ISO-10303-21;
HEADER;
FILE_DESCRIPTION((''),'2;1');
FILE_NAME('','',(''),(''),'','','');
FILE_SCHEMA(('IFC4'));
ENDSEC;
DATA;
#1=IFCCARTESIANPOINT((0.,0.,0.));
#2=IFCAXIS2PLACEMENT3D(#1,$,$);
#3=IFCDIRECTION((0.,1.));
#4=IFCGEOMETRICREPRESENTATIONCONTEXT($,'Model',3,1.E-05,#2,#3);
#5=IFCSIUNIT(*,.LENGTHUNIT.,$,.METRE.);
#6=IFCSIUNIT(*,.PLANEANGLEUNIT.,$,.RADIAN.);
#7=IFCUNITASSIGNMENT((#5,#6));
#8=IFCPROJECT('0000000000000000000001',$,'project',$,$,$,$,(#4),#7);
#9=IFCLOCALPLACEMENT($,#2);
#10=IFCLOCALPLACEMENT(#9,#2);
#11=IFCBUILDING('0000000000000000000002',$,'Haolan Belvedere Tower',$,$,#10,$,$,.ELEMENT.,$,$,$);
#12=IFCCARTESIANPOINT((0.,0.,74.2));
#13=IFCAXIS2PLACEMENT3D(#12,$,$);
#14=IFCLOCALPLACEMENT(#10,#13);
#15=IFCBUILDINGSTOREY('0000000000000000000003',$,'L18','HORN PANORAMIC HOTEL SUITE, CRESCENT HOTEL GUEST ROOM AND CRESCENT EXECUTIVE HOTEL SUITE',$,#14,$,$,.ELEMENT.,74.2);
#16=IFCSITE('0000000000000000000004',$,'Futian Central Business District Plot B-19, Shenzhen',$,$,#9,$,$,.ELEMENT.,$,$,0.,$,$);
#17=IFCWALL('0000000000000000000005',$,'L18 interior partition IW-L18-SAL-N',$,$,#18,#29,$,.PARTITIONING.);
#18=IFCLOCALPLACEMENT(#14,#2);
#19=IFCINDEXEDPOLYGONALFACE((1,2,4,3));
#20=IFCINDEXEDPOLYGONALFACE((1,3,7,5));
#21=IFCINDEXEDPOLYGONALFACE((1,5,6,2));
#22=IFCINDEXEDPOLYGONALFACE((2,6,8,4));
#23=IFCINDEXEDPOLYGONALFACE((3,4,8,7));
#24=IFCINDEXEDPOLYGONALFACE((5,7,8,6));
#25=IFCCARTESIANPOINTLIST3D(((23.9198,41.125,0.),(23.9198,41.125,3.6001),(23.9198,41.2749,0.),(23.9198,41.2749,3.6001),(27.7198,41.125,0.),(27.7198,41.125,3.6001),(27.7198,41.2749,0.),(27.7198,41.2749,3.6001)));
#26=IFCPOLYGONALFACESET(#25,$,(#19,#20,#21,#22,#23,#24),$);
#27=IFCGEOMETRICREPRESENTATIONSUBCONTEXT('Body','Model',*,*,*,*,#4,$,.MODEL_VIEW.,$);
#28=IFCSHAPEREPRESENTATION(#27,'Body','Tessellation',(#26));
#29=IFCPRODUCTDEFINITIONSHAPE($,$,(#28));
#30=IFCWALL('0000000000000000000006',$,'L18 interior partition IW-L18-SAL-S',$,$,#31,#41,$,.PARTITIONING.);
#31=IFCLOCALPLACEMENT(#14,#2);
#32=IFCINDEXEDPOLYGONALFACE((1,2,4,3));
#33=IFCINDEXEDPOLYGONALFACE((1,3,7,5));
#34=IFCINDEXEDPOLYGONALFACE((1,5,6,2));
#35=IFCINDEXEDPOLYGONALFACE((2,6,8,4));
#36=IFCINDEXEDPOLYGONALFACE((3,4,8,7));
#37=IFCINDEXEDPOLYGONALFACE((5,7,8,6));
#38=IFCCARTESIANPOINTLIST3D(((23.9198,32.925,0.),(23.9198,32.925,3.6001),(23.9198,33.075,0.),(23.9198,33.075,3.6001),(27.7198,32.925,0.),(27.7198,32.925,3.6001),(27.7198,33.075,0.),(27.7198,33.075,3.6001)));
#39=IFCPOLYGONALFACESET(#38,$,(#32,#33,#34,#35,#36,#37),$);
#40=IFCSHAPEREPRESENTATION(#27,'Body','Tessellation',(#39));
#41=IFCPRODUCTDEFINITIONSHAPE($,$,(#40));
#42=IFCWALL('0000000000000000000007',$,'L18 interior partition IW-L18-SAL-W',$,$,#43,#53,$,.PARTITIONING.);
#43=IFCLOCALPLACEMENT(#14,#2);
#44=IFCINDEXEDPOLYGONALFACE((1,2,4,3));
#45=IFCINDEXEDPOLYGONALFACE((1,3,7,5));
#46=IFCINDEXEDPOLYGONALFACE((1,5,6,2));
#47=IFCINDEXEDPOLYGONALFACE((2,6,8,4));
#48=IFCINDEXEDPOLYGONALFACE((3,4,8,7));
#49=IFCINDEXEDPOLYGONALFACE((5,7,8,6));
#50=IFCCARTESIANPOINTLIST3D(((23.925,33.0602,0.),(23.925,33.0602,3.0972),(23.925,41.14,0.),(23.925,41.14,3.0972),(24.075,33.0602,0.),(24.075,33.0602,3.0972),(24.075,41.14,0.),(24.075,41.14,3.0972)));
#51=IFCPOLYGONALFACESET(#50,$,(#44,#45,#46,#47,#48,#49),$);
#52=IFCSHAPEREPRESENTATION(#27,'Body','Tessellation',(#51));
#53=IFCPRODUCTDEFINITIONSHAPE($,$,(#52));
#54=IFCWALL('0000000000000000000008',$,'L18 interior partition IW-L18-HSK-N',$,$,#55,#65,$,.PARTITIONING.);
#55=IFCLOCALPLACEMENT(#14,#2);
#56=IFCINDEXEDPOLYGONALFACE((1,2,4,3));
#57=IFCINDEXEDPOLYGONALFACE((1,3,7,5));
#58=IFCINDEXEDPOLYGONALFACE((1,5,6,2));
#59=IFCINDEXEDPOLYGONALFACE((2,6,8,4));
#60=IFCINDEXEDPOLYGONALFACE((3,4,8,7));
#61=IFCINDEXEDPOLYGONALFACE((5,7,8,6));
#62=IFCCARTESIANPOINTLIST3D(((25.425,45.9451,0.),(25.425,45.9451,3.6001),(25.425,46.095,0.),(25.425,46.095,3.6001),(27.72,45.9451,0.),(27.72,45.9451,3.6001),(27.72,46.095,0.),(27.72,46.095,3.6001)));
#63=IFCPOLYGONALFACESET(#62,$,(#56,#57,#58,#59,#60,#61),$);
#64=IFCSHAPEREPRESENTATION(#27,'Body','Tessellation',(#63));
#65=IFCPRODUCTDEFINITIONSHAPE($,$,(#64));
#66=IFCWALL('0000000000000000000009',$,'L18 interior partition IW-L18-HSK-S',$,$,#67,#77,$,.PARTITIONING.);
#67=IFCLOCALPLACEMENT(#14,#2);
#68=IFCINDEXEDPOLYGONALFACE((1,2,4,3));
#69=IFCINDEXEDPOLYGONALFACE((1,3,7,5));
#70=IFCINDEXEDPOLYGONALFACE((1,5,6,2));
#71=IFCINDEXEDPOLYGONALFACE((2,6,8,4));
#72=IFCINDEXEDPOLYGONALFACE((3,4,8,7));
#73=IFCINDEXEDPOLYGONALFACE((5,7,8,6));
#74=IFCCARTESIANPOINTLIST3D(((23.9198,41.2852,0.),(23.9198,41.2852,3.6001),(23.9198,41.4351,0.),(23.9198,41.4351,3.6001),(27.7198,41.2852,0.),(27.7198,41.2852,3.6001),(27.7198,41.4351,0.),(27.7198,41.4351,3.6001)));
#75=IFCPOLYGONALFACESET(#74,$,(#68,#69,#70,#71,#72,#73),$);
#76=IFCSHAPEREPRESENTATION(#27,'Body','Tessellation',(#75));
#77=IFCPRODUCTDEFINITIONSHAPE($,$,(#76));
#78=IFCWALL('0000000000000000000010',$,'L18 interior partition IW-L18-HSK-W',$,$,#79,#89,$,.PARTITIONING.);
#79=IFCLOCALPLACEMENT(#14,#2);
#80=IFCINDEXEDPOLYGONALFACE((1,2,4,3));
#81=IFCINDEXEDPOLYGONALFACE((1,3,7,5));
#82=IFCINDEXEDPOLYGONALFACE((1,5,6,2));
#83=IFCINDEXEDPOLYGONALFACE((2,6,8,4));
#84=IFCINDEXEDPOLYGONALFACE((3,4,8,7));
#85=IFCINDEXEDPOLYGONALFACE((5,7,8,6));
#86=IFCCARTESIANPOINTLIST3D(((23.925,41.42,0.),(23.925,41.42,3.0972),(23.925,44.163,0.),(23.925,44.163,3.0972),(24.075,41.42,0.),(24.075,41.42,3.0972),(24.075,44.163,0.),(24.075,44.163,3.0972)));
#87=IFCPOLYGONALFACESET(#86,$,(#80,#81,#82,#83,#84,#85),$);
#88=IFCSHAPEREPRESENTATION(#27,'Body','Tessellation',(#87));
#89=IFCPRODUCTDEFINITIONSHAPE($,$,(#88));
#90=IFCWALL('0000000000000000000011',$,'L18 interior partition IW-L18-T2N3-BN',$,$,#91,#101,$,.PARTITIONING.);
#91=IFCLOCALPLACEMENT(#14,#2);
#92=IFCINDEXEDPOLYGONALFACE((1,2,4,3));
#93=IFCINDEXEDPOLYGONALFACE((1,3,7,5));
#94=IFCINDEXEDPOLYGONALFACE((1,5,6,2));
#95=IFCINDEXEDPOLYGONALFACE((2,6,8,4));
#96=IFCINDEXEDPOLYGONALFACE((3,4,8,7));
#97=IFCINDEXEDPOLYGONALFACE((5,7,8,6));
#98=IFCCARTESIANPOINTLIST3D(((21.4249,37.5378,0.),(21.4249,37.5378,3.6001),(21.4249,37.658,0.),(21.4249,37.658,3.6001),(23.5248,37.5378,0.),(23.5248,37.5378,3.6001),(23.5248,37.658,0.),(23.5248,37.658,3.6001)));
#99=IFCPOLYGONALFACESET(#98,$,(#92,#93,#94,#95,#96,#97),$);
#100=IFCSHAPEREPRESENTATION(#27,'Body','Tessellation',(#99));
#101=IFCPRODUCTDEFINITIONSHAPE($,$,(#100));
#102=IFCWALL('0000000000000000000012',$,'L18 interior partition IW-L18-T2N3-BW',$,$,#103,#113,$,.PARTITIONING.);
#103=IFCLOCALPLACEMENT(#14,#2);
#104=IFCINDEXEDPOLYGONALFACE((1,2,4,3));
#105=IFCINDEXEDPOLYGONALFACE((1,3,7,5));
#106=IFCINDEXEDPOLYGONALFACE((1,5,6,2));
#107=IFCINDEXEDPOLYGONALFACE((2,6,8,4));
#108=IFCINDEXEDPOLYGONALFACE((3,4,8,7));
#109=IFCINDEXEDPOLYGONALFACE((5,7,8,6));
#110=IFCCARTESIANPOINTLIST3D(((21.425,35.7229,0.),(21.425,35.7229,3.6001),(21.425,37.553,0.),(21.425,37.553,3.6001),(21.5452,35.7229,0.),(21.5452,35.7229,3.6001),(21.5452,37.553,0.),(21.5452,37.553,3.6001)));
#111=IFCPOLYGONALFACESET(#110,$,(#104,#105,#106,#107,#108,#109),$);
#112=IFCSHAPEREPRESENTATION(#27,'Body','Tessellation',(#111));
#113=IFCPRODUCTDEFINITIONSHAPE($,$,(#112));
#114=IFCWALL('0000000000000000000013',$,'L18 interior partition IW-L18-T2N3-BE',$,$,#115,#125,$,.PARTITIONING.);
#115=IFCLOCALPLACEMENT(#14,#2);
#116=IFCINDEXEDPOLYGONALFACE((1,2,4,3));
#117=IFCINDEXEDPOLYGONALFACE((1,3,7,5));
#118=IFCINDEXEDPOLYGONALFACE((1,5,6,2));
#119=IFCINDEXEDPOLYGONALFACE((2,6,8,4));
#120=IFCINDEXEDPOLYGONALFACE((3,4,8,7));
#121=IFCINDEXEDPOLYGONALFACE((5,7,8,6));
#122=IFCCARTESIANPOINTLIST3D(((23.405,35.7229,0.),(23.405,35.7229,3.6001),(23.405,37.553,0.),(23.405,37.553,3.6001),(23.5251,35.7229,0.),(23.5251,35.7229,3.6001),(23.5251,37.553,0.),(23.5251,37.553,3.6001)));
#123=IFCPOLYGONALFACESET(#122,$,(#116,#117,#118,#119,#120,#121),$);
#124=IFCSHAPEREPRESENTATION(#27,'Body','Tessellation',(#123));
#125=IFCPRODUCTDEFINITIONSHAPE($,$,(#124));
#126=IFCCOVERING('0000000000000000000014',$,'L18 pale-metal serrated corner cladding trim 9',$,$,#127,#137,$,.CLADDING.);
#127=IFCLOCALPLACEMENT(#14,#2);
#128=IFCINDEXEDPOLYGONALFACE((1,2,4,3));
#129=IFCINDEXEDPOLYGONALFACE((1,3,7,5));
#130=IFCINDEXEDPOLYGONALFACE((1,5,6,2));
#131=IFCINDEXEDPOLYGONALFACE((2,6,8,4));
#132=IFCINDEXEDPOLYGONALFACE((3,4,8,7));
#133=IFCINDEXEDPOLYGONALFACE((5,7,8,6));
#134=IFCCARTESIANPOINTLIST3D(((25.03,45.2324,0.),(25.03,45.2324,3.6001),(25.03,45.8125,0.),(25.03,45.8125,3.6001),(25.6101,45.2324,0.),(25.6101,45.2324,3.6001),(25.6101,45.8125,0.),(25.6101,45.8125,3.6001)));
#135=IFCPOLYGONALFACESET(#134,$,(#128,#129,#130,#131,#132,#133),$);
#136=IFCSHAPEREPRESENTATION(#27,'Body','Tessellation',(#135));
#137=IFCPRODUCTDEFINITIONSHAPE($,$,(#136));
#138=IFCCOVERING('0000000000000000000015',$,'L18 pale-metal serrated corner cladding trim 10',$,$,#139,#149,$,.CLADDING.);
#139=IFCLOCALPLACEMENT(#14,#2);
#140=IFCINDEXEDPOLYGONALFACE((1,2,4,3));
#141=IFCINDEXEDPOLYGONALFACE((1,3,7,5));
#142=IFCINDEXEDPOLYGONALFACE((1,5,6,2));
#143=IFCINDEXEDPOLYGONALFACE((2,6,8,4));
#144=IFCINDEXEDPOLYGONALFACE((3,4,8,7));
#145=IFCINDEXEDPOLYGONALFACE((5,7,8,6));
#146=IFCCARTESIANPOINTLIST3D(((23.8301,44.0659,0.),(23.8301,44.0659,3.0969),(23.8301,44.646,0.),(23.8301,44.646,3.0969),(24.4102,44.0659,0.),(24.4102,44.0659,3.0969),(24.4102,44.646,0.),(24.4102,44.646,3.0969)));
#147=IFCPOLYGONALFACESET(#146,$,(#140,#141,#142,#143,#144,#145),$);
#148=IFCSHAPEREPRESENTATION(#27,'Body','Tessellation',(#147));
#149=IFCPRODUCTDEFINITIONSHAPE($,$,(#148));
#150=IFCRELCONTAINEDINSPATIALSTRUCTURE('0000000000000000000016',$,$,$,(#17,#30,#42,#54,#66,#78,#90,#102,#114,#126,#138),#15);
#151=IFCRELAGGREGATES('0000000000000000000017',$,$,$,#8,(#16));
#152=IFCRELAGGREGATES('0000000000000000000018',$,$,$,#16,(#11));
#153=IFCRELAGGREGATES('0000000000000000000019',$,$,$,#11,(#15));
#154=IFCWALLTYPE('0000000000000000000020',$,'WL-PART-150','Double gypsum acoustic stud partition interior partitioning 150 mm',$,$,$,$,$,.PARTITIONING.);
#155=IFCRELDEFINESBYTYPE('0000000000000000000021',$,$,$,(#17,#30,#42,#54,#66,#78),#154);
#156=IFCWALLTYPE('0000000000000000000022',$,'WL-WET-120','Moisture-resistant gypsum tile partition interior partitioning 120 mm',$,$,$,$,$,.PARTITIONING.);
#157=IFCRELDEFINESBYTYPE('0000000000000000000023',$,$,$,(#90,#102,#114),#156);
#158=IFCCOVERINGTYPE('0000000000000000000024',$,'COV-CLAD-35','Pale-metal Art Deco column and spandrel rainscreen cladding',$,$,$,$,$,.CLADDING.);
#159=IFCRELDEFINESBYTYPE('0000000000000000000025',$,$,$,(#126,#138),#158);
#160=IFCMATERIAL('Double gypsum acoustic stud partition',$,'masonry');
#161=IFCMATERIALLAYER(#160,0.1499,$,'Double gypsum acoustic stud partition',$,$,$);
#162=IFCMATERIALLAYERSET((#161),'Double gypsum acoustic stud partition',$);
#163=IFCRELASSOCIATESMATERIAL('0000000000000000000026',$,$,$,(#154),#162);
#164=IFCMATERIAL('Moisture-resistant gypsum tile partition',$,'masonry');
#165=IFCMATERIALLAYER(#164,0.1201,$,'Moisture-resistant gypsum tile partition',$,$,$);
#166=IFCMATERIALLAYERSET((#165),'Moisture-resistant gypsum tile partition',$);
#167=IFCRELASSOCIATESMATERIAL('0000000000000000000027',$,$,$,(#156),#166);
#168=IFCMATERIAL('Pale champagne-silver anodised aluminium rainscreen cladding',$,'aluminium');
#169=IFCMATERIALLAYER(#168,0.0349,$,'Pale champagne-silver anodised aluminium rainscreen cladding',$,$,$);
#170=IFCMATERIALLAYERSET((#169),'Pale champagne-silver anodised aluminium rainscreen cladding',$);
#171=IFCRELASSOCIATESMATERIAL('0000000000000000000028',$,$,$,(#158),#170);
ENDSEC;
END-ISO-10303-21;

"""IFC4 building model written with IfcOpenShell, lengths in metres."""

from ifc_helpers import new_model, si_unit, direction, frame, frame_2d, origin, origin_2d, place, context, subcontext, project, spatial, rectangle, extrude, material, layer, layer_set, type_object, element, save


model = new_model("IFC4")

# Units and contexts
model_context = context("Model", 3, precision=1e-05, world=origin(), true_north=direction((0.0, 1.0)))
body_context = subcontext(model_context, "Body", "Model", "MODEL_VIEW")
ifc_project = project(units=[si_unit("LENGTHUNIT", "METRE"), si_unit("PLANEANGLEUNIT", "RADIAN")], contexts=[model_context])

# Site, building, storey
site_placement = place(None, origin())
site = spatial("IfcSite", under=ifc_project, at=site_placement, Name="Futian Central Business District Plot B-19, Shenzhen", CompositionType="ELEMENT", RefElevation=0.0)
building_placement = place(site_placement, origin())
building = spatial("IfcBuilding", under=site, at=building_placement, Name="Haolan Belvedere Tower", CompositionType="ELEMENT")
storey_placement = place(building_placement, frame((0.0, 0.0, 74.2)))
storey = spatial("IfcBuildingStorey", under=building, at=storey_placement, Name="L18", Description="HORN PANORAMIC HOTEL SUITE, CRESCENT HOTEL GUEST ROOM AND CRESCENT EXECUTIVE HOTEL SUITE", CompositionType="ELEMENT", Elevation=74.2)

# Walls
ifc_material_1 = material(Name="Double gypsum acoustic stud partition", Category="masonry")
ifc_layer_1 = layer(ifc_material_1, 0.1499, Name="Double gypsum acoustic stud partition")
ifc_layer_set_1 = layer_set([ifc_layer_1], Name="Double gypsum acoustic stud partition")
wall_type_1 = type_object("IfcWallType", Name="WL-PART-150", Description="Double gypsum acoustic stud partition interior partitioning 150 mm", PredefinedType="PARTITIONING", material=ifc_layer_set_1)
for number, where, z_axis, x_axis, name in (
    (1, (23.9199, 41.2, 0.0), (0.0, 0.0, 1.0), (1.0, 0.0, 0.0), "L18 interior partition IW-L18-SAL-N"),
    (2, (23.9199, 33.0, 0.0), (0.0, 0.0, 1.0), (1.0, 0.0, 0.0), "L18 interior partition IW-L18-SAL-S"),
):
    element("IfcWall", number, at=place(storey_placement, frame(where, z_axis=z_axis, x_axis=x_axis)), inside=storey, type_object=wall_type_1, Name=name, PredefinedType="PARTITIONING", context=body_context, shape_type="SweptSolid", body=[
        extrude(rectangle(XDim=3.8, YDim=0.1499, at=frame_2d((1.8999, 0.0))), origin(), (0.0, 0.0, 1.0), 3.6001),
    ])
wall_1_placement = place(storey_placement, frame((24.0, 33.0601, 0.0), z_axis=(0.0, 0.0, 1.0), x_axis=(0.0, 1.0, 0.0)))
element("IfcWall", 3, at=wall_1_placement, inside=storey, type_object=wall_type_1, Name="L18 interior partition IW-L18-SAL-W", PredefinedType="PARTITIONING", context=body_context, shape_type="SweptSolid", body=[
    extrude(rectangle(XDim=8.0798, YDim=0.1499, at=frame_2d((4.04, 0.0))), origin(), (0.0, 0.0, 1.0), 3.0972),
])
wall_2_placement = place(storey_placement, frame((25.425, 46.02, 0.0), z_axis=(0.0, 0.0, 1.0), x_axis=(1.0, 0.0, 0.0)))
element("IfcWall", 4, at=wall_2_placement, inside=storey, type_object=wall_type_1, Name="L18 interior partition IW-L18-HSK-N", PredefinedType="PARTITIONING", context=body_context, shape_type="SweptSolid", body=[
    extrude(rectangle(XDim=2.2949, YDim=0.1499, at=frame_2d((1.1475, 0.0))), origin(), (0.0, 0.0, 1.0), 3.6001),
])
wall_3_placement = place(storey_placement, frame((23.9199, 41.3601, 0.0), z_axis=(0.0, 0.0, 1.0), x_axis=(1.0, 0.0, 0.0)))
element("IfcWall", 5, at=wall_3_placement, inside=storey, type_object=wall_type_1, Name="L18 interior partition IW-L18-HSK-S", PredefinedType="PARTITIONING", context=body_context, shape_type="SweptSolid", body=[
    extrude(rectangle(XDim=3.8, YDim=0.1499, at=frame_2d((1.8999, 0.0))), origin(), (0.0, 0.0, 1.0), 3.6001),
])
wall_4_placement = place(storey_placement, frame((24.0, 41.4199, 0.0), z_axis=(0.0, 0.0, 1.0), x_axis=(0.0, 1.0, 0.0)))
element("IfcWall", 6, at=wall_4_placement, inside=storey, type_object=wall_type_1, Name="L18 interior partition IW-L18-HSK-W", PredefinedType="PARTITIONING", context=body_context, shape_type="SweptSolid", body=[
    extrude(rectangle(XDim=2.7429, YDim=0.1499, at=frame_2d((1.3716, 0.0))), origin(), (0.0, 0.0, 1.0), 3.0972),
])
ifc_material_2 = material(Name="Moisture-resistant gypsum tile partition", Category="masonry")
ifc_layer_2 = layer(ifc_material_2, 0.1201, Name="Moisture-resistant gypsum tile partition")
ifc_layer_set_2 = layer_set([ifc_layer_2], Name="Moisture-resistant gypsum tile partition")
wall_type_2 = type_object("IfcWallType", Name="WL-WET-120", Description="Moisture-resistant gypsum tile partition interior partitioning 120 mm", PredefinedType="PARTITIONING", material=ifc_layer_set_2)
wall_5_placement = place(storey_placement, frame((21.425, 37.5979, 0.0), z_axis=(0.0, 0.0, 1.0), x_axis=(1.0, 0.0, 0.0)))
element("IfcWall", 7, at=wall_5_placement, inside=storey, type_object=wall_type_2, Name="L18 interior partition IW-L18-T2N3-BN", PredefinedType="PARTITIONING", context=body_context, shape_type="SweptSolid", body=[
    extrude(rectangle(XDim=2.0999, YDim=0.1201, at=frame_2d((1.0498, 0.0))), origin(), (0.0, 0.0, 1.0), 3.6001),
])
for number, where, z_axis, x_axis, name in (
    (8, (21.4851, 35.7229, 0.0), (0.0, 0.0, 1.0), (0.0, 1.0, 0.0), "L18 interior partition IW-L18-T2N3-BW"),
    (9, (23.4651, 35.7229, 0.0), (0.0, 0.0, 1.0), (0.0, 1.0, 0.0), "L18 interior partition IW-L18-T2N3-BE"),
):
    element("IfcWall", number, at=place(storey_placement, frame(where, z_axis=z_axis, x_axis=x_axis)), inside=storey, type_object=wall_type_2, Name=name, PredefinedType="PARTITIONING", context=body_context, shape_type="SweptSolid", body=[
        extrude(rectangle(XDim=1.8301, YDim=0.1201, at=frame_2d((0.915, 0.0))), origin(), (0.0, 0.0, 1.0), 3.6001),
    ])

# Coverings
ifc_material_3 = material(Name="Pale champagne-silver anodised aluminium rainscreen cladding", Category="aluminium")
ifc_layer_3 = layer(ifc_material_3, 0.0349, Name="Pale champagne-silver anodised aluminium rainscreen cladding")
ifc_layer_set_3 = layer_set([ifc_layer_3], Name="Pale champagne-silver anodised aluminium rainscreen cladding")
covering_type = type_object("IfcCoveringType", Name="COV-CLAD-35", Description="Pale-metal Art Deco column and spandrel rainscreen cladding", PredefinedType="CLADDING", material=ifc_layer_set_3)
covering_1_placement = place(storey_placement, frame((25.3201, 45.5225, 0.0), z_axis=(0.0, 0.0, 1.0), x_axis=(1.0, 0.0, 0.0)))
element("IfcCovering", 10, at=covering_1_placement, inside=storey, type_object=covering_type, Name="L18 pale-metal serrated corner cladding trim 9", PredefinedType="CLADDING", context=body_context, shape_type="SweptSolid", body=[
    extrude(rectangle(XDim=0.5801, YDim=0.5801, at=origin_2d()), origin(), (0.0, 0.0, 1.0), 3.6001),
])
covering_2_placement = place(storey_placement, frame((24.1201, 44.356, 0.0), z_axis=(0.0, 0.0, 1.0), x_axis=(1.0, 0.0, 0.0)))
element("IfcCovering", 11, at=covering_2_placement, inside=storey, type_object=covering_type, Name="L18 pale-metal serrated corner cladding trim 10", PredefinedType="CLADDING", context=body_context, shape_type="SweptSolid", body=[
    extrude(rectangle(XDim=0.5801, YDim=0.5801, at=origin_2d()), origin(), (0.0, 0.0, 1.0), 3.0969),
])

save(model, "model.ifc")
